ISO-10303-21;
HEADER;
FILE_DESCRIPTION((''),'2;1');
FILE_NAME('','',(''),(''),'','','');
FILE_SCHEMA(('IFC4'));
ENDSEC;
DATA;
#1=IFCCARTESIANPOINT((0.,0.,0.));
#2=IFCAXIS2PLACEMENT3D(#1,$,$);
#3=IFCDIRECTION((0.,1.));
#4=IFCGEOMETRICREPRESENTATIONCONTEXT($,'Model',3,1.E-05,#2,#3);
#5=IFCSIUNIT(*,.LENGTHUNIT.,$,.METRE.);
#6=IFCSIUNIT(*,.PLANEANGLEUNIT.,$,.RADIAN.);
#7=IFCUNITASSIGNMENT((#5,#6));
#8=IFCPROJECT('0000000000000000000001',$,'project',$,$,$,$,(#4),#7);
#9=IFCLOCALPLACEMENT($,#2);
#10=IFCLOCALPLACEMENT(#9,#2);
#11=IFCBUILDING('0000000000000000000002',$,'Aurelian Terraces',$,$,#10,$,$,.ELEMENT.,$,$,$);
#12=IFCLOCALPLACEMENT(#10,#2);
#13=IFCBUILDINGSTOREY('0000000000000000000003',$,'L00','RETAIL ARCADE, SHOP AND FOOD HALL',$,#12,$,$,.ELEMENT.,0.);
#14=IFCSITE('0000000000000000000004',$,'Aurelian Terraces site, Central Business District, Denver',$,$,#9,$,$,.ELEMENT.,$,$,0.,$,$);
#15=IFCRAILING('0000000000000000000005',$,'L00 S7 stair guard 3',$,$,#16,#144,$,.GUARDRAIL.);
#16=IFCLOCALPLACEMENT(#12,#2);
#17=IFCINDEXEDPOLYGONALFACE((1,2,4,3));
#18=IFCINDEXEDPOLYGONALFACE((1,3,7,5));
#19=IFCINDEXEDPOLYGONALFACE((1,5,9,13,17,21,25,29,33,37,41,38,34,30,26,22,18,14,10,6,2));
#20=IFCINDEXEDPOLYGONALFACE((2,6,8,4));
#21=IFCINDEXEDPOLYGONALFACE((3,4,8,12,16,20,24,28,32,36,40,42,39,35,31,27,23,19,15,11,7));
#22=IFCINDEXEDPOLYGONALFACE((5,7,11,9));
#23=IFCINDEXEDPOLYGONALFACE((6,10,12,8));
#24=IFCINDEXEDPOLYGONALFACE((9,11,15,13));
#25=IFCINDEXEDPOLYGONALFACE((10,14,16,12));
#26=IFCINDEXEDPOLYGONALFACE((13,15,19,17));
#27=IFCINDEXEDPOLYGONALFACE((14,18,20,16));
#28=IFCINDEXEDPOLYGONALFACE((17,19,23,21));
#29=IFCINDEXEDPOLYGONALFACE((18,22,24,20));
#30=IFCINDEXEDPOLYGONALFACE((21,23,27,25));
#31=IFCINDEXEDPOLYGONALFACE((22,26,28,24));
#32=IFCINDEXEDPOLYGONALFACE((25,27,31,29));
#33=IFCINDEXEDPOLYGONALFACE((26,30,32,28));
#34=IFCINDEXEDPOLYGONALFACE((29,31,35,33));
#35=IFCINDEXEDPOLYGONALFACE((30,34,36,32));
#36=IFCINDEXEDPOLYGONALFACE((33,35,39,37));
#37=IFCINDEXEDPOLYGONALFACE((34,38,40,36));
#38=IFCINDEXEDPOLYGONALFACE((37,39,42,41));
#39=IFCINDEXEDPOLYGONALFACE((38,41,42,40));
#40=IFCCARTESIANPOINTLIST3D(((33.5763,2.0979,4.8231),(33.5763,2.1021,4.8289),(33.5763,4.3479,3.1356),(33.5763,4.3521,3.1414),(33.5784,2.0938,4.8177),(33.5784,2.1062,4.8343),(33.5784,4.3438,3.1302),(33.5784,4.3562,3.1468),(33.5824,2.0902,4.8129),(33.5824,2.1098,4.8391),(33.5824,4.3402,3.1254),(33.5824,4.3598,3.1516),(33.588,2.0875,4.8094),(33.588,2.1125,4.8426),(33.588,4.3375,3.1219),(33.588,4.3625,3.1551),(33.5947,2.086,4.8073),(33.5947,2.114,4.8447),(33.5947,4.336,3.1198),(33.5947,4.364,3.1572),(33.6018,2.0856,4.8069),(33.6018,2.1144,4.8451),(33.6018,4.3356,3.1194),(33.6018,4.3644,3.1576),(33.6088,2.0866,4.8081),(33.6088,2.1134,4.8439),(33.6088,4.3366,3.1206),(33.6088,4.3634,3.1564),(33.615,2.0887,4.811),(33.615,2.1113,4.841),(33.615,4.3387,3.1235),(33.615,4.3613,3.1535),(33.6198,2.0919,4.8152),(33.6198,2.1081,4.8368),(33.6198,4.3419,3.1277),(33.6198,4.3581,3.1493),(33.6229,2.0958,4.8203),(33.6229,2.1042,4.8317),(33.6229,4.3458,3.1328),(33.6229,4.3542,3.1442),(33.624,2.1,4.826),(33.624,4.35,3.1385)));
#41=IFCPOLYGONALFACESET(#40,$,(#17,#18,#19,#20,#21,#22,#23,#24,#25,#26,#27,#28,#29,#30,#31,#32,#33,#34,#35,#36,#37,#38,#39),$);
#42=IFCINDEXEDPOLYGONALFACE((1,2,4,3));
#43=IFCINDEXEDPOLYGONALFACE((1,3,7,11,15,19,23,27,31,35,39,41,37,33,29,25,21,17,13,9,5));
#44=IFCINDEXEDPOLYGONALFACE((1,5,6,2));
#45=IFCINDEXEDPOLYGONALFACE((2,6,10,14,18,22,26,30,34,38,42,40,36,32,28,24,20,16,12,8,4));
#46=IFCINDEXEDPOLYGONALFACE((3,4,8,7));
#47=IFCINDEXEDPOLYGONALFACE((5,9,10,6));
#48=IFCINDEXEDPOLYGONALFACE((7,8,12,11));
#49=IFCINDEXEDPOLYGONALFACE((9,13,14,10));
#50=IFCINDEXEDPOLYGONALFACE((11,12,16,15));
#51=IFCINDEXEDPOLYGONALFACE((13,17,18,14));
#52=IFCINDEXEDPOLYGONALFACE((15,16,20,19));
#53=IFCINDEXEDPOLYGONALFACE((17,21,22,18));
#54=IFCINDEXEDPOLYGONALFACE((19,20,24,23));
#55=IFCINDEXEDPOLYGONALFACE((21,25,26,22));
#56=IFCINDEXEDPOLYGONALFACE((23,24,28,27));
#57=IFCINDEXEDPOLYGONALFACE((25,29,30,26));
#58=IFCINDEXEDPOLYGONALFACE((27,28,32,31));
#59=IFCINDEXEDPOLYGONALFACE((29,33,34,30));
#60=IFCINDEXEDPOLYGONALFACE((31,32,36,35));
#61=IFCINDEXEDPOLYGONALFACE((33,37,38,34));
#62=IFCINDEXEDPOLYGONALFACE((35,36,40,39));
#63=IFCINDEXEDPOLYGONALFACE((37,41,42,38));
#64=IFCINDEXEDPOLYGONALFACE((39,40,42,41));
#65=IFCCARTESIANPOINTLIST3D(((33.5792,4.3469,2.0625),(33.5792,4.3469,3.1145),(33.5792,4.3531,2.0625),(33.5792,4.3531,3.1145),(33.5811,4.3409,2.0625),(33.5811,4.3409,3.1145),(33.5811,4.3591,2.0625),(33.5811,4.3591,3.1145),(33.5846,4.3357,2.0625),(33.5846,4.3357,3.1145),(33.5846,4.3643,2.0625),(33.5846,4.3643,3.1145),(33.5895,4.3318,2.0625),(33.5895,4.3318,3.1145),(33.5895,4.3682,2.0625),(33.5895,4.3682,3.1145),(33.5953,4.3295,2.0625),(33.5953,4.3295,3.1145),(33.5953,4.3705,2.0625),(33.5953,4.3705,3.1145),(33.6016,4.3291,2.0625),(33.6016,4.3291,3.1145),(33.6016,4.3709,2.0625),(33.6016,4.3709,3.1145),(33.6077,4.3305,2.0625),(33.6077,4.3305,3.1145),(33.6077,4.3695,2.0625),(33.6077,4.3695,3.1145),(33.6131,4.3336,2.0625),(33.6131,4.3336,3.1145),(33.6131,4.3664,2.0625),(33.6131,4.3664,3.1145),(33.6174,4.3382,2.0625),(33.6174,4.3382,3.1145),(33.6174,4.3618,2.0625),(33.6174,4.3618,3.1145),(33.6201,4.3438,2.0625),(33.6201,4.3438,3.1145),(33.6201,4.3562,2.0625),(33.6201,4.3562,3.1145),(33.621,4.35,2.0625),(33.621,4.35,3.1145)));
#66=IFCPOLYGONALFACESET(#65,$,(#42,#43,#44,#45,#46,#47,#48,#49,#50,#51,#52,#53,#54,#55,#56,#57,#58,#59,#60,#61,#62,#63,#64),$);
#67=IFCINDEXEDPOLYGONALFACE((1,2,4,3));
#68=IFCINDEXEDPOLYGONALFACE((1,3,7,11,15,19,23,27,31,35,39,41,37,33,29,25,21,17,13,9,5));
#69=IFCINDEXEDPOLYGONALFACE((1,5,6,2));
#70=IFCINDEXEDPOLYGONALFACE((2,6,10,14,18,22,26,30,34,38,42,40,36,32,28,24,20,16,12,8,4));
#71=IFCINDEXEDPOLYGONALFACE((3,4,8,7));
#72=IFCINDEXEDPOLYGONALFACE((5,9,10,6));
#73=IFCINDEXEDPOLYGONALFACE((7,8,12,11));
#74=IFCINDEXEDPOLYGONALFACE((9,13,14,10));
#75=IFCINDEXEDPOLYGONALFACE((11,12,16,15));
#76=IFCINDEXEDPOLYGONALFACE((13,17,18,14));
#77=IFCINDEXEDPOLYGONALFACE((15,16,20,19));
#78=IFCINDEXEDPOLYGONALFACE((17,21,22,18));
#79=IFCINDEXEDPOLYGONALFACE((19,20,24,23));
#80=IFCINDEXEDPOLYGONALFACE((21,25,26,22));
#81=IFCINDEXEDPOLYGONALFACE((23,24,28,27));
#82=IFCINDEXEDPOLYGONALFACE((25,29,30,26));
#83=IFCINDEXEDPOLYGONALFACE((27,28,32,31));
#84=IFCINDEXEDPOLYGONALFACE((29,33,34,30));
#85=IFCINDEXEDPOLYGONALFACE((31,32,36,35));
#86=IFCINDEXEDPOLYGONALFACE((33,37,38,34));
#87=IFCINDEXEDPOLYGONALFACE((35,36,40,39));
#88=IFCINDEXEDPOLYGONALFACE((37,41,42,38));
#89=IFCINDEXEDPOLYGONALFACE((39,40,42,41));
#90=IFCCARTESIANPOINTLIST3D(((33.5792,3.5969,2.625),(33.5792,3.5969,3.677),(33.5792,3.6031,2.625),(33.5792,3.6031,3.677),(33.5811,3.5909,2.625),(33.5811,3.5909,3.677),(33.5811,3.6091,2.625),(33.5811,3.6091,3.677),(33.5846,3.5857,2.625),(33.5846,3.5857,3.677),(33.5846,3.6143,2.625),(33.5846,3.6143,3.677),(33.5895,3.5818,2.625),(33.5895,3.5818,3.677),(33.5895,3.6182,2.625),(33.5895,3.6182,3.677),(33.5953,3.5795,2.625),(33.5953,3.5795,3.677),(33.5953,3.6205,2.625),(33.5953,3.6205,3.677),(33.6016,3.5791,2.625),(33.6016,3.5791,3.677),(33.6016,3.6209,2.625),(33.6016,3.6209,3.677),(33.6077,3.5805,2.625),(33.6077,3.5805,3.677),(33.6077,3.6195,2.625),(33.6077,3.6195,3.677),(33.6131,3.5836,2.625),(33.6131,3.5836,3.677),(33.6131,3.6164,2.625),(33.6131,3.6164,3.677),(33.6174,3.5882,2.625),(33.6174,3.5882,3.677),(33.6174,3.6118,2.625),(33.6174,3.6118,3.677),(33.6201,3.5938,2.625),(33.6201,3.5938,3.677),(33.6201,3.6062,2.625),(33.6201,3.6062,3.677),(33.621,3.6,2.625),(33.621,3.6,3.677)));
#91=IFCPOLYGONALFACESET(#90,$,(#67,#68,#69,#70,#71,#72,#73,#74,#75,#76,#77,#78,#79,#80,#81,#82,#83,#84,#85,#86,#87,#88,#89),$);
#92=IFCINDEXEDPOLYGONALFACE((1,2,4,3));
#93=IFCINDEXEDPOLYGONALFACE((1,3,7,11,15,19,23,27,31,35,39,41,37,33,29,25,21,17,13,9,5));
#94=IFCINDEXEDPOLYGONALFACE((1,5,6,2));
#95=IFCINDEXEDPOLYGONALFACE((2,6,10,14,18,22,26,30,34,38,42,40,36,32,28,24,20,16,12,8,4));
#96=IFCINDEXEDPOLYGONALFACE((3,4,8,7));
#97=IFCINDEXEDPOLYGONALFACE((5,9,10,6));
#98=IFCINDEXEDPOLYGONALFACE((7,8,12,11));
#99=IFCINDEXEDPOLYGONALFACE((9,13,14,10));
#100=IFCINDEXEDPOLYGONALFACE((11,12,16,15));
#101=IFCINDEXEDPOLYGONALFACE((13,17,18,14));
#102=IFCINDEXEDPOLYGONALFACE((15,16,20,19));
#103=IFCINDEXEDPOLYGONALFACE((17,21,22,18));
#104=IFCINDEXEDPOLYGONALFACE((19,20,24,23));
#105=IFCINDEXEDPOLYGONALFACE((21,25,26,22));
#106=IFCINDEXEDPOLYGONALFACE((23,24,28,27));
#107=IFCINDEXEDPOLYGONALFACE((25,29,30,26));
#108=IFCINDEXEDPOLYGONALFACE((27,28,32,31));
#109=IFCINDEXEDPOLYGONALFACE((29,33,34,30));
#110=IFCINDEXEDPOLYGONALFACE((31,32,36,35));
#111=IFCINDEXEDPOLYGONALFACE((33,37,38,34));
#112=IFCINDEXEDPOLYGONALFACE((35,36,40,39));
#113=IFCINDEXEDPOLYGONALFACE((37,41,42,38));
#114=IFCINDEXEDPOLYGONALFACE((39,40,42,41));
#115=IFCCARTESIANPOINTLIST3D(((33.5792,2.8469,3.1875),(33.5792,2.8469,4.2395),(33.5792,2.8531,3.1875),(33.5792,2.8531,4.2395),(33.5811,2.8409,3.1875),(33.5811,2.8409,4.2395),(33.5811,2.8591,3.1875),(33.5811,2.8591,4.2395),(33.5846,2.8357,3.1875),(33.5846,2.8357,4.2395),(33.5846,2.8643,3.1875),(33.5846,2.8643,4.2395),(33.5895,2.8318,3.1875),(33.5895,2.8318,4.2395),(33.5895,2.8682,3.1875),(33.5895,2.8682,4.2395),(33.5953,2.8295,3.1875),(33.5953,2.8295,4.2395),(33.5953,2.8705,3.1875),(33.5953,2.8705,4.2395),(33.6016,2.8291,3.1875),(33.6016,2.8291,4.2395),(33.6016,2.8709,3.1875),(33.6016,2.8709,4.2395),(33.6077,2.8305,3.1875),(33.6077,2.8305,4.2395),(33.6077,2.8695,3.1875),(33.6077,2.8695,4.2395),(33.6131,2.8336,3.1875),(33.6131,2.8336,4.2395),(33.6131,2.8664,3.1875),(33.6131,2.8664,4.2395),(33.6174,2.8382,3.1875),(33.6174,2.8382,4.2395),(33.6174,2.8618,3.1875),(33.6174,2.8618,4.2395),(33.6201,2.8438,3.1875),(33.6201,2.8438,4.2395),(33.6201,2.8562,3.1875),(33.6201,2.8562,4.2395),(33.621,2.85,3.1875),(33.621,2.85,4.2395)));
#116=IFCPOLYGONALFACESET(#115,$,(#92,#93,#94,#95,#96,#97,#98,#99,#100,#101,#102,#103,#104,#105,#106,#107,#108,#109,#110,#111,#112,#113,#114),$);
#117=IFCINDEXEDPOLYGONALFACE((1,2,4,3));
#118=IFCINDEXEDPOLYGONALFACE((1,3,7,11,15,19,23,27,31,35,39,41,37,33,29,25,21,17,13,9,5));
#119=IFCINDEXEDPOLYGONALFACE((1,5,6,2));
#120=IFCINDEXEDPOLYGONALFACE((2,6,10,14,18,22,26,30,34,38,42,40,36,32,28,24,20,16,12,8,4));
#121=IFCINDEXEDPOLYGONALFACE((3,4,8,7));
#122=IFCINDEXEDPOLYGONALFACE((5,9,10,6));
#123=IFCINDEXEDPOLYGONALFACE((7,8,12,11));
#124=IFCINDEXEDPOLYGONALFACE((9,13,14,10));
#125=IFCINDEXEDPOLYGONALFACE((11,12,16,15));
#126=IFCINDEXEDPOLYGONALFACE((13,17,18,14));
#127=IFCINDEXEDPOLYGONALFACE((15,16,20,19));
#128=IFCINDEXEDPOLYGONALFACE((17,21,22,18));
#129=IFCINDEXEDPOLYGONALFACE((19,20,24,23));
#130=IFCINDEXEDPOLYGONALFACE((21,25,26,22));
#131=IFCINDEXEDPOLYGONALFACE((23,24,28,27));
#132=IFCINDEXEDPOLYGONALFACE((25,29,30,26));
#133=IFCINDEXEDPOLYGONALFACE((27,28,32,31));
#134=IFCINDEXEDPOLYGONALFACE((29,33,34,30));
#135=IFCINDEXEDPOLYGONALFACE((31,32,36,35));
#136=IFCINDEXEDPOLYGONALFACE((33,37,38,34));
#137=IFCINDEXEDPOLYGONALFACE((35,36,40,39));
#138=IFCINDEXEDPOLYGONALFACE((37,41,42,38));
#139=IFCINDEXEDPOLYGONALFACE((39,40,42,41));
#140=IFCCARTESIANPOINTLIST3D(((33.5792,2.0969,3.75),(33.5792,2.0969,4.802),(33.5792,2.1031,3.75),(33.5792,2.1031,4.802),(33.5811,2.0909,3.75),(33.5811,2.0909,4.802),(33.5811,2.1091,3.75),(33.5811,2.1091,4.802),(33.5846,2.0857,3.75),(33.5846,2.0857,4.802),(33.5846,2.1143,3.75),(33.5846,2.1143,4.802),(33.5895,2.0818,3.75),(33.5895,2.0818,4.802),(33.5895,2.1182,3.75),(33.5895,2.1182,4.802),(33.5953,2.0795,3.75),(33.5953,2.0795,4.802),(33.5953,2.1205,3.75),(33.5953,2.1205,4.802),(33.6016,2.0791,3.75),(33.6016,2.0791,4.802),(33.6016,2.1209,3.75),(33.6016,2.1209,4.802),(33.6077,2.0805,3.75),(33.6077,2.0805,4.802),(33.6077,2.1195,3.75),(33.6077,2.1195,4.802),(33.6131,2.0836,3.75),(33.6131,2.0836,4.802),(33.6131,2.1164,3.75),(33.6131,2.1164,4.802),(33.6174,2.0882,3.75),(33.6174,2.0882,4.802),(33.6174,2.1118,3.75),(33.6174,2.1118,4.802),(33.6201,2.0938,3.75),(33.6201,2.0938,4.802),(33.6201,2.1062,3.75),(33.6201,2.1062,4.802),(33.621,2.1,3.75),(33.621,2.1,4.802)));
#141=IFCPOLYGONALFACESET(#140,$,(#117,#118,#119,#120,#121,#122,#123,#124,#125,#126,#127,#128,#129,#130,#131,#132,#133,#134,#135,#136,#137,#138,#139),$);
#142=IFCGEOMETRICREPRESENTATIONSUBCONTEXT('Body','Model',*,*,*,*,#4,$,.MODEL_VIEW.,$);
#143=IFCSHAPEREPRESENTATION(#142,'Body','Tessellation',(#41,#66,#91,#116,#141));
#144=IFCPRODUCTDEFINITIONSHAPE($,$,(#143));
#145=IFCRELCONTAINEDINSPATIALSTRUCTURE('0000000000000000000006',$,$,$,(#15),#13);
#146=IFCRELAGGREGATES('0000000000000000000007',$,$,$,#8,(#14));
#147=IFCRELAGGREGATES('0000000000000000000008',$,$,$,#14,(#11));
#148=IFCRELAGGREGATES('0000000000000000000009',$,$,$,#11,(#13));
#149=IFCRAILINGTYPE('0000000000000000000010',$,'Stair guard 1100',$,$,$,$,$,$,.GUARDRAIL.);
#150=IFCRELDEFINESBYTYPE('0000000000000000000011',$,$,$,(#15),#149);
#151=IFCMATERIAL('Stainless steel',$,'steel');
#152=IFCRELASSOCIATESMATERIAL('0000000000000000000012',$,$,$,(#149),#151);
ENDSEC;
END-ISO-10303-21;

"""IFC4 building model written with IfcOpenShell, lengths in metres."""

from ifc_helpers import new_model, si_unit, direction, frame, origin, origin_2d, place, context, subcontext, project, spatial, circle, extrude, source, transform, mapped, material, type_object, element, save


model = new_model("IFC4")

# Units and contexts
model_context = context("Model", 3, precision=1e-05, world=origin(), true_north=direction((0.0, 1.0)))
body_context = subcontext(model_context, "Body", "Model", "MODEL_VIEW")
ifc_project = project(units=[si_unit("LENGTHUNIT", "METRE"), si_unit("PLANEANGLEUNIT", "RADIAN")], contexts=[model_context])

# Site, building, storey
site_placement = place(None, origin())
site = spatial("IfcSite", under=ifc_project, at=site_placement, Name="Aurelian Terraces site, Central Business District, Denver", CompositionType="ELEMENT", RefElevation=0.0)
building_placement = place(site_placement, origin())
building = spatial("IfcBuilding", under=site, at=building_placement, Name="Aurelian Terraces", CompositionType="ELEMENT")
storey_placement = place(building_placement, origin())
storey = spatial("IfcBuildingStorey", under=building, at=storey_placement, Name="L00", Description="RETAIL ARCADE, SHOP AND FOOD HALL", CompositionType="ELEMENT", Elevation=0.0)

# Railing
ifc_material_1 = material(Name="Stainless steel", Category="steel")
railing_type_1 = type_object("IfcRailingType", Name="Stair guard 1100", PredefinedType="GUARDRAIL", material=ifc_material_1)
shared_shape_1 = source(origin(), body_context, "Body", "SweptSolid", [
    extrude(circle(Radius=0.024, at=origin_2d()), frame((0.0, 0.0, 1.076), z_axis=(0.0, -0.8, 0.6), x_axis=(1.0, 0.0, 0.0)), (0.0, 0.0, 1.0), 2.8125),
    extrude(circle(Radius=0.021, at=origin_2d()), origin(), (0.0, 0.0, 1.0), 1.052),
    extrude(circle(Radius=0.021, at=origin_2d()), frame((0.0, -0.75, 0.5625)), (0.0, 0.0, 1.0), 1.052),
    extrude(circle(Radius=0.021, at=origin_2d()), frame((0.0, -1.5, 1.125)), (0.0, 0.0, 1.0), 1.052),
    extrude(circle(Radius=0.021, at=origin_2d()), frame((0.0, -2.25, 1.6875)), (0.0, 0.0, 1.0), 1.052),
])
for number, where, name in (
    (1, (33.6, 4.35, 2.0625), "L00 S7 stair guard 3"),
):
    element("IfcRailing", number, at=place(storey_placement, frame(where)), inside=storey, type_object=railing_type_1, Name=name, PredefinedType="GUARDRAIL", context=body_context, shape_type="MappedRepresentation", body=[
        mapped(shared_shape_1, transform((0.0, 0.0, 0.0), scale=1.0)),
    ])

save(model, "model.ifc")
